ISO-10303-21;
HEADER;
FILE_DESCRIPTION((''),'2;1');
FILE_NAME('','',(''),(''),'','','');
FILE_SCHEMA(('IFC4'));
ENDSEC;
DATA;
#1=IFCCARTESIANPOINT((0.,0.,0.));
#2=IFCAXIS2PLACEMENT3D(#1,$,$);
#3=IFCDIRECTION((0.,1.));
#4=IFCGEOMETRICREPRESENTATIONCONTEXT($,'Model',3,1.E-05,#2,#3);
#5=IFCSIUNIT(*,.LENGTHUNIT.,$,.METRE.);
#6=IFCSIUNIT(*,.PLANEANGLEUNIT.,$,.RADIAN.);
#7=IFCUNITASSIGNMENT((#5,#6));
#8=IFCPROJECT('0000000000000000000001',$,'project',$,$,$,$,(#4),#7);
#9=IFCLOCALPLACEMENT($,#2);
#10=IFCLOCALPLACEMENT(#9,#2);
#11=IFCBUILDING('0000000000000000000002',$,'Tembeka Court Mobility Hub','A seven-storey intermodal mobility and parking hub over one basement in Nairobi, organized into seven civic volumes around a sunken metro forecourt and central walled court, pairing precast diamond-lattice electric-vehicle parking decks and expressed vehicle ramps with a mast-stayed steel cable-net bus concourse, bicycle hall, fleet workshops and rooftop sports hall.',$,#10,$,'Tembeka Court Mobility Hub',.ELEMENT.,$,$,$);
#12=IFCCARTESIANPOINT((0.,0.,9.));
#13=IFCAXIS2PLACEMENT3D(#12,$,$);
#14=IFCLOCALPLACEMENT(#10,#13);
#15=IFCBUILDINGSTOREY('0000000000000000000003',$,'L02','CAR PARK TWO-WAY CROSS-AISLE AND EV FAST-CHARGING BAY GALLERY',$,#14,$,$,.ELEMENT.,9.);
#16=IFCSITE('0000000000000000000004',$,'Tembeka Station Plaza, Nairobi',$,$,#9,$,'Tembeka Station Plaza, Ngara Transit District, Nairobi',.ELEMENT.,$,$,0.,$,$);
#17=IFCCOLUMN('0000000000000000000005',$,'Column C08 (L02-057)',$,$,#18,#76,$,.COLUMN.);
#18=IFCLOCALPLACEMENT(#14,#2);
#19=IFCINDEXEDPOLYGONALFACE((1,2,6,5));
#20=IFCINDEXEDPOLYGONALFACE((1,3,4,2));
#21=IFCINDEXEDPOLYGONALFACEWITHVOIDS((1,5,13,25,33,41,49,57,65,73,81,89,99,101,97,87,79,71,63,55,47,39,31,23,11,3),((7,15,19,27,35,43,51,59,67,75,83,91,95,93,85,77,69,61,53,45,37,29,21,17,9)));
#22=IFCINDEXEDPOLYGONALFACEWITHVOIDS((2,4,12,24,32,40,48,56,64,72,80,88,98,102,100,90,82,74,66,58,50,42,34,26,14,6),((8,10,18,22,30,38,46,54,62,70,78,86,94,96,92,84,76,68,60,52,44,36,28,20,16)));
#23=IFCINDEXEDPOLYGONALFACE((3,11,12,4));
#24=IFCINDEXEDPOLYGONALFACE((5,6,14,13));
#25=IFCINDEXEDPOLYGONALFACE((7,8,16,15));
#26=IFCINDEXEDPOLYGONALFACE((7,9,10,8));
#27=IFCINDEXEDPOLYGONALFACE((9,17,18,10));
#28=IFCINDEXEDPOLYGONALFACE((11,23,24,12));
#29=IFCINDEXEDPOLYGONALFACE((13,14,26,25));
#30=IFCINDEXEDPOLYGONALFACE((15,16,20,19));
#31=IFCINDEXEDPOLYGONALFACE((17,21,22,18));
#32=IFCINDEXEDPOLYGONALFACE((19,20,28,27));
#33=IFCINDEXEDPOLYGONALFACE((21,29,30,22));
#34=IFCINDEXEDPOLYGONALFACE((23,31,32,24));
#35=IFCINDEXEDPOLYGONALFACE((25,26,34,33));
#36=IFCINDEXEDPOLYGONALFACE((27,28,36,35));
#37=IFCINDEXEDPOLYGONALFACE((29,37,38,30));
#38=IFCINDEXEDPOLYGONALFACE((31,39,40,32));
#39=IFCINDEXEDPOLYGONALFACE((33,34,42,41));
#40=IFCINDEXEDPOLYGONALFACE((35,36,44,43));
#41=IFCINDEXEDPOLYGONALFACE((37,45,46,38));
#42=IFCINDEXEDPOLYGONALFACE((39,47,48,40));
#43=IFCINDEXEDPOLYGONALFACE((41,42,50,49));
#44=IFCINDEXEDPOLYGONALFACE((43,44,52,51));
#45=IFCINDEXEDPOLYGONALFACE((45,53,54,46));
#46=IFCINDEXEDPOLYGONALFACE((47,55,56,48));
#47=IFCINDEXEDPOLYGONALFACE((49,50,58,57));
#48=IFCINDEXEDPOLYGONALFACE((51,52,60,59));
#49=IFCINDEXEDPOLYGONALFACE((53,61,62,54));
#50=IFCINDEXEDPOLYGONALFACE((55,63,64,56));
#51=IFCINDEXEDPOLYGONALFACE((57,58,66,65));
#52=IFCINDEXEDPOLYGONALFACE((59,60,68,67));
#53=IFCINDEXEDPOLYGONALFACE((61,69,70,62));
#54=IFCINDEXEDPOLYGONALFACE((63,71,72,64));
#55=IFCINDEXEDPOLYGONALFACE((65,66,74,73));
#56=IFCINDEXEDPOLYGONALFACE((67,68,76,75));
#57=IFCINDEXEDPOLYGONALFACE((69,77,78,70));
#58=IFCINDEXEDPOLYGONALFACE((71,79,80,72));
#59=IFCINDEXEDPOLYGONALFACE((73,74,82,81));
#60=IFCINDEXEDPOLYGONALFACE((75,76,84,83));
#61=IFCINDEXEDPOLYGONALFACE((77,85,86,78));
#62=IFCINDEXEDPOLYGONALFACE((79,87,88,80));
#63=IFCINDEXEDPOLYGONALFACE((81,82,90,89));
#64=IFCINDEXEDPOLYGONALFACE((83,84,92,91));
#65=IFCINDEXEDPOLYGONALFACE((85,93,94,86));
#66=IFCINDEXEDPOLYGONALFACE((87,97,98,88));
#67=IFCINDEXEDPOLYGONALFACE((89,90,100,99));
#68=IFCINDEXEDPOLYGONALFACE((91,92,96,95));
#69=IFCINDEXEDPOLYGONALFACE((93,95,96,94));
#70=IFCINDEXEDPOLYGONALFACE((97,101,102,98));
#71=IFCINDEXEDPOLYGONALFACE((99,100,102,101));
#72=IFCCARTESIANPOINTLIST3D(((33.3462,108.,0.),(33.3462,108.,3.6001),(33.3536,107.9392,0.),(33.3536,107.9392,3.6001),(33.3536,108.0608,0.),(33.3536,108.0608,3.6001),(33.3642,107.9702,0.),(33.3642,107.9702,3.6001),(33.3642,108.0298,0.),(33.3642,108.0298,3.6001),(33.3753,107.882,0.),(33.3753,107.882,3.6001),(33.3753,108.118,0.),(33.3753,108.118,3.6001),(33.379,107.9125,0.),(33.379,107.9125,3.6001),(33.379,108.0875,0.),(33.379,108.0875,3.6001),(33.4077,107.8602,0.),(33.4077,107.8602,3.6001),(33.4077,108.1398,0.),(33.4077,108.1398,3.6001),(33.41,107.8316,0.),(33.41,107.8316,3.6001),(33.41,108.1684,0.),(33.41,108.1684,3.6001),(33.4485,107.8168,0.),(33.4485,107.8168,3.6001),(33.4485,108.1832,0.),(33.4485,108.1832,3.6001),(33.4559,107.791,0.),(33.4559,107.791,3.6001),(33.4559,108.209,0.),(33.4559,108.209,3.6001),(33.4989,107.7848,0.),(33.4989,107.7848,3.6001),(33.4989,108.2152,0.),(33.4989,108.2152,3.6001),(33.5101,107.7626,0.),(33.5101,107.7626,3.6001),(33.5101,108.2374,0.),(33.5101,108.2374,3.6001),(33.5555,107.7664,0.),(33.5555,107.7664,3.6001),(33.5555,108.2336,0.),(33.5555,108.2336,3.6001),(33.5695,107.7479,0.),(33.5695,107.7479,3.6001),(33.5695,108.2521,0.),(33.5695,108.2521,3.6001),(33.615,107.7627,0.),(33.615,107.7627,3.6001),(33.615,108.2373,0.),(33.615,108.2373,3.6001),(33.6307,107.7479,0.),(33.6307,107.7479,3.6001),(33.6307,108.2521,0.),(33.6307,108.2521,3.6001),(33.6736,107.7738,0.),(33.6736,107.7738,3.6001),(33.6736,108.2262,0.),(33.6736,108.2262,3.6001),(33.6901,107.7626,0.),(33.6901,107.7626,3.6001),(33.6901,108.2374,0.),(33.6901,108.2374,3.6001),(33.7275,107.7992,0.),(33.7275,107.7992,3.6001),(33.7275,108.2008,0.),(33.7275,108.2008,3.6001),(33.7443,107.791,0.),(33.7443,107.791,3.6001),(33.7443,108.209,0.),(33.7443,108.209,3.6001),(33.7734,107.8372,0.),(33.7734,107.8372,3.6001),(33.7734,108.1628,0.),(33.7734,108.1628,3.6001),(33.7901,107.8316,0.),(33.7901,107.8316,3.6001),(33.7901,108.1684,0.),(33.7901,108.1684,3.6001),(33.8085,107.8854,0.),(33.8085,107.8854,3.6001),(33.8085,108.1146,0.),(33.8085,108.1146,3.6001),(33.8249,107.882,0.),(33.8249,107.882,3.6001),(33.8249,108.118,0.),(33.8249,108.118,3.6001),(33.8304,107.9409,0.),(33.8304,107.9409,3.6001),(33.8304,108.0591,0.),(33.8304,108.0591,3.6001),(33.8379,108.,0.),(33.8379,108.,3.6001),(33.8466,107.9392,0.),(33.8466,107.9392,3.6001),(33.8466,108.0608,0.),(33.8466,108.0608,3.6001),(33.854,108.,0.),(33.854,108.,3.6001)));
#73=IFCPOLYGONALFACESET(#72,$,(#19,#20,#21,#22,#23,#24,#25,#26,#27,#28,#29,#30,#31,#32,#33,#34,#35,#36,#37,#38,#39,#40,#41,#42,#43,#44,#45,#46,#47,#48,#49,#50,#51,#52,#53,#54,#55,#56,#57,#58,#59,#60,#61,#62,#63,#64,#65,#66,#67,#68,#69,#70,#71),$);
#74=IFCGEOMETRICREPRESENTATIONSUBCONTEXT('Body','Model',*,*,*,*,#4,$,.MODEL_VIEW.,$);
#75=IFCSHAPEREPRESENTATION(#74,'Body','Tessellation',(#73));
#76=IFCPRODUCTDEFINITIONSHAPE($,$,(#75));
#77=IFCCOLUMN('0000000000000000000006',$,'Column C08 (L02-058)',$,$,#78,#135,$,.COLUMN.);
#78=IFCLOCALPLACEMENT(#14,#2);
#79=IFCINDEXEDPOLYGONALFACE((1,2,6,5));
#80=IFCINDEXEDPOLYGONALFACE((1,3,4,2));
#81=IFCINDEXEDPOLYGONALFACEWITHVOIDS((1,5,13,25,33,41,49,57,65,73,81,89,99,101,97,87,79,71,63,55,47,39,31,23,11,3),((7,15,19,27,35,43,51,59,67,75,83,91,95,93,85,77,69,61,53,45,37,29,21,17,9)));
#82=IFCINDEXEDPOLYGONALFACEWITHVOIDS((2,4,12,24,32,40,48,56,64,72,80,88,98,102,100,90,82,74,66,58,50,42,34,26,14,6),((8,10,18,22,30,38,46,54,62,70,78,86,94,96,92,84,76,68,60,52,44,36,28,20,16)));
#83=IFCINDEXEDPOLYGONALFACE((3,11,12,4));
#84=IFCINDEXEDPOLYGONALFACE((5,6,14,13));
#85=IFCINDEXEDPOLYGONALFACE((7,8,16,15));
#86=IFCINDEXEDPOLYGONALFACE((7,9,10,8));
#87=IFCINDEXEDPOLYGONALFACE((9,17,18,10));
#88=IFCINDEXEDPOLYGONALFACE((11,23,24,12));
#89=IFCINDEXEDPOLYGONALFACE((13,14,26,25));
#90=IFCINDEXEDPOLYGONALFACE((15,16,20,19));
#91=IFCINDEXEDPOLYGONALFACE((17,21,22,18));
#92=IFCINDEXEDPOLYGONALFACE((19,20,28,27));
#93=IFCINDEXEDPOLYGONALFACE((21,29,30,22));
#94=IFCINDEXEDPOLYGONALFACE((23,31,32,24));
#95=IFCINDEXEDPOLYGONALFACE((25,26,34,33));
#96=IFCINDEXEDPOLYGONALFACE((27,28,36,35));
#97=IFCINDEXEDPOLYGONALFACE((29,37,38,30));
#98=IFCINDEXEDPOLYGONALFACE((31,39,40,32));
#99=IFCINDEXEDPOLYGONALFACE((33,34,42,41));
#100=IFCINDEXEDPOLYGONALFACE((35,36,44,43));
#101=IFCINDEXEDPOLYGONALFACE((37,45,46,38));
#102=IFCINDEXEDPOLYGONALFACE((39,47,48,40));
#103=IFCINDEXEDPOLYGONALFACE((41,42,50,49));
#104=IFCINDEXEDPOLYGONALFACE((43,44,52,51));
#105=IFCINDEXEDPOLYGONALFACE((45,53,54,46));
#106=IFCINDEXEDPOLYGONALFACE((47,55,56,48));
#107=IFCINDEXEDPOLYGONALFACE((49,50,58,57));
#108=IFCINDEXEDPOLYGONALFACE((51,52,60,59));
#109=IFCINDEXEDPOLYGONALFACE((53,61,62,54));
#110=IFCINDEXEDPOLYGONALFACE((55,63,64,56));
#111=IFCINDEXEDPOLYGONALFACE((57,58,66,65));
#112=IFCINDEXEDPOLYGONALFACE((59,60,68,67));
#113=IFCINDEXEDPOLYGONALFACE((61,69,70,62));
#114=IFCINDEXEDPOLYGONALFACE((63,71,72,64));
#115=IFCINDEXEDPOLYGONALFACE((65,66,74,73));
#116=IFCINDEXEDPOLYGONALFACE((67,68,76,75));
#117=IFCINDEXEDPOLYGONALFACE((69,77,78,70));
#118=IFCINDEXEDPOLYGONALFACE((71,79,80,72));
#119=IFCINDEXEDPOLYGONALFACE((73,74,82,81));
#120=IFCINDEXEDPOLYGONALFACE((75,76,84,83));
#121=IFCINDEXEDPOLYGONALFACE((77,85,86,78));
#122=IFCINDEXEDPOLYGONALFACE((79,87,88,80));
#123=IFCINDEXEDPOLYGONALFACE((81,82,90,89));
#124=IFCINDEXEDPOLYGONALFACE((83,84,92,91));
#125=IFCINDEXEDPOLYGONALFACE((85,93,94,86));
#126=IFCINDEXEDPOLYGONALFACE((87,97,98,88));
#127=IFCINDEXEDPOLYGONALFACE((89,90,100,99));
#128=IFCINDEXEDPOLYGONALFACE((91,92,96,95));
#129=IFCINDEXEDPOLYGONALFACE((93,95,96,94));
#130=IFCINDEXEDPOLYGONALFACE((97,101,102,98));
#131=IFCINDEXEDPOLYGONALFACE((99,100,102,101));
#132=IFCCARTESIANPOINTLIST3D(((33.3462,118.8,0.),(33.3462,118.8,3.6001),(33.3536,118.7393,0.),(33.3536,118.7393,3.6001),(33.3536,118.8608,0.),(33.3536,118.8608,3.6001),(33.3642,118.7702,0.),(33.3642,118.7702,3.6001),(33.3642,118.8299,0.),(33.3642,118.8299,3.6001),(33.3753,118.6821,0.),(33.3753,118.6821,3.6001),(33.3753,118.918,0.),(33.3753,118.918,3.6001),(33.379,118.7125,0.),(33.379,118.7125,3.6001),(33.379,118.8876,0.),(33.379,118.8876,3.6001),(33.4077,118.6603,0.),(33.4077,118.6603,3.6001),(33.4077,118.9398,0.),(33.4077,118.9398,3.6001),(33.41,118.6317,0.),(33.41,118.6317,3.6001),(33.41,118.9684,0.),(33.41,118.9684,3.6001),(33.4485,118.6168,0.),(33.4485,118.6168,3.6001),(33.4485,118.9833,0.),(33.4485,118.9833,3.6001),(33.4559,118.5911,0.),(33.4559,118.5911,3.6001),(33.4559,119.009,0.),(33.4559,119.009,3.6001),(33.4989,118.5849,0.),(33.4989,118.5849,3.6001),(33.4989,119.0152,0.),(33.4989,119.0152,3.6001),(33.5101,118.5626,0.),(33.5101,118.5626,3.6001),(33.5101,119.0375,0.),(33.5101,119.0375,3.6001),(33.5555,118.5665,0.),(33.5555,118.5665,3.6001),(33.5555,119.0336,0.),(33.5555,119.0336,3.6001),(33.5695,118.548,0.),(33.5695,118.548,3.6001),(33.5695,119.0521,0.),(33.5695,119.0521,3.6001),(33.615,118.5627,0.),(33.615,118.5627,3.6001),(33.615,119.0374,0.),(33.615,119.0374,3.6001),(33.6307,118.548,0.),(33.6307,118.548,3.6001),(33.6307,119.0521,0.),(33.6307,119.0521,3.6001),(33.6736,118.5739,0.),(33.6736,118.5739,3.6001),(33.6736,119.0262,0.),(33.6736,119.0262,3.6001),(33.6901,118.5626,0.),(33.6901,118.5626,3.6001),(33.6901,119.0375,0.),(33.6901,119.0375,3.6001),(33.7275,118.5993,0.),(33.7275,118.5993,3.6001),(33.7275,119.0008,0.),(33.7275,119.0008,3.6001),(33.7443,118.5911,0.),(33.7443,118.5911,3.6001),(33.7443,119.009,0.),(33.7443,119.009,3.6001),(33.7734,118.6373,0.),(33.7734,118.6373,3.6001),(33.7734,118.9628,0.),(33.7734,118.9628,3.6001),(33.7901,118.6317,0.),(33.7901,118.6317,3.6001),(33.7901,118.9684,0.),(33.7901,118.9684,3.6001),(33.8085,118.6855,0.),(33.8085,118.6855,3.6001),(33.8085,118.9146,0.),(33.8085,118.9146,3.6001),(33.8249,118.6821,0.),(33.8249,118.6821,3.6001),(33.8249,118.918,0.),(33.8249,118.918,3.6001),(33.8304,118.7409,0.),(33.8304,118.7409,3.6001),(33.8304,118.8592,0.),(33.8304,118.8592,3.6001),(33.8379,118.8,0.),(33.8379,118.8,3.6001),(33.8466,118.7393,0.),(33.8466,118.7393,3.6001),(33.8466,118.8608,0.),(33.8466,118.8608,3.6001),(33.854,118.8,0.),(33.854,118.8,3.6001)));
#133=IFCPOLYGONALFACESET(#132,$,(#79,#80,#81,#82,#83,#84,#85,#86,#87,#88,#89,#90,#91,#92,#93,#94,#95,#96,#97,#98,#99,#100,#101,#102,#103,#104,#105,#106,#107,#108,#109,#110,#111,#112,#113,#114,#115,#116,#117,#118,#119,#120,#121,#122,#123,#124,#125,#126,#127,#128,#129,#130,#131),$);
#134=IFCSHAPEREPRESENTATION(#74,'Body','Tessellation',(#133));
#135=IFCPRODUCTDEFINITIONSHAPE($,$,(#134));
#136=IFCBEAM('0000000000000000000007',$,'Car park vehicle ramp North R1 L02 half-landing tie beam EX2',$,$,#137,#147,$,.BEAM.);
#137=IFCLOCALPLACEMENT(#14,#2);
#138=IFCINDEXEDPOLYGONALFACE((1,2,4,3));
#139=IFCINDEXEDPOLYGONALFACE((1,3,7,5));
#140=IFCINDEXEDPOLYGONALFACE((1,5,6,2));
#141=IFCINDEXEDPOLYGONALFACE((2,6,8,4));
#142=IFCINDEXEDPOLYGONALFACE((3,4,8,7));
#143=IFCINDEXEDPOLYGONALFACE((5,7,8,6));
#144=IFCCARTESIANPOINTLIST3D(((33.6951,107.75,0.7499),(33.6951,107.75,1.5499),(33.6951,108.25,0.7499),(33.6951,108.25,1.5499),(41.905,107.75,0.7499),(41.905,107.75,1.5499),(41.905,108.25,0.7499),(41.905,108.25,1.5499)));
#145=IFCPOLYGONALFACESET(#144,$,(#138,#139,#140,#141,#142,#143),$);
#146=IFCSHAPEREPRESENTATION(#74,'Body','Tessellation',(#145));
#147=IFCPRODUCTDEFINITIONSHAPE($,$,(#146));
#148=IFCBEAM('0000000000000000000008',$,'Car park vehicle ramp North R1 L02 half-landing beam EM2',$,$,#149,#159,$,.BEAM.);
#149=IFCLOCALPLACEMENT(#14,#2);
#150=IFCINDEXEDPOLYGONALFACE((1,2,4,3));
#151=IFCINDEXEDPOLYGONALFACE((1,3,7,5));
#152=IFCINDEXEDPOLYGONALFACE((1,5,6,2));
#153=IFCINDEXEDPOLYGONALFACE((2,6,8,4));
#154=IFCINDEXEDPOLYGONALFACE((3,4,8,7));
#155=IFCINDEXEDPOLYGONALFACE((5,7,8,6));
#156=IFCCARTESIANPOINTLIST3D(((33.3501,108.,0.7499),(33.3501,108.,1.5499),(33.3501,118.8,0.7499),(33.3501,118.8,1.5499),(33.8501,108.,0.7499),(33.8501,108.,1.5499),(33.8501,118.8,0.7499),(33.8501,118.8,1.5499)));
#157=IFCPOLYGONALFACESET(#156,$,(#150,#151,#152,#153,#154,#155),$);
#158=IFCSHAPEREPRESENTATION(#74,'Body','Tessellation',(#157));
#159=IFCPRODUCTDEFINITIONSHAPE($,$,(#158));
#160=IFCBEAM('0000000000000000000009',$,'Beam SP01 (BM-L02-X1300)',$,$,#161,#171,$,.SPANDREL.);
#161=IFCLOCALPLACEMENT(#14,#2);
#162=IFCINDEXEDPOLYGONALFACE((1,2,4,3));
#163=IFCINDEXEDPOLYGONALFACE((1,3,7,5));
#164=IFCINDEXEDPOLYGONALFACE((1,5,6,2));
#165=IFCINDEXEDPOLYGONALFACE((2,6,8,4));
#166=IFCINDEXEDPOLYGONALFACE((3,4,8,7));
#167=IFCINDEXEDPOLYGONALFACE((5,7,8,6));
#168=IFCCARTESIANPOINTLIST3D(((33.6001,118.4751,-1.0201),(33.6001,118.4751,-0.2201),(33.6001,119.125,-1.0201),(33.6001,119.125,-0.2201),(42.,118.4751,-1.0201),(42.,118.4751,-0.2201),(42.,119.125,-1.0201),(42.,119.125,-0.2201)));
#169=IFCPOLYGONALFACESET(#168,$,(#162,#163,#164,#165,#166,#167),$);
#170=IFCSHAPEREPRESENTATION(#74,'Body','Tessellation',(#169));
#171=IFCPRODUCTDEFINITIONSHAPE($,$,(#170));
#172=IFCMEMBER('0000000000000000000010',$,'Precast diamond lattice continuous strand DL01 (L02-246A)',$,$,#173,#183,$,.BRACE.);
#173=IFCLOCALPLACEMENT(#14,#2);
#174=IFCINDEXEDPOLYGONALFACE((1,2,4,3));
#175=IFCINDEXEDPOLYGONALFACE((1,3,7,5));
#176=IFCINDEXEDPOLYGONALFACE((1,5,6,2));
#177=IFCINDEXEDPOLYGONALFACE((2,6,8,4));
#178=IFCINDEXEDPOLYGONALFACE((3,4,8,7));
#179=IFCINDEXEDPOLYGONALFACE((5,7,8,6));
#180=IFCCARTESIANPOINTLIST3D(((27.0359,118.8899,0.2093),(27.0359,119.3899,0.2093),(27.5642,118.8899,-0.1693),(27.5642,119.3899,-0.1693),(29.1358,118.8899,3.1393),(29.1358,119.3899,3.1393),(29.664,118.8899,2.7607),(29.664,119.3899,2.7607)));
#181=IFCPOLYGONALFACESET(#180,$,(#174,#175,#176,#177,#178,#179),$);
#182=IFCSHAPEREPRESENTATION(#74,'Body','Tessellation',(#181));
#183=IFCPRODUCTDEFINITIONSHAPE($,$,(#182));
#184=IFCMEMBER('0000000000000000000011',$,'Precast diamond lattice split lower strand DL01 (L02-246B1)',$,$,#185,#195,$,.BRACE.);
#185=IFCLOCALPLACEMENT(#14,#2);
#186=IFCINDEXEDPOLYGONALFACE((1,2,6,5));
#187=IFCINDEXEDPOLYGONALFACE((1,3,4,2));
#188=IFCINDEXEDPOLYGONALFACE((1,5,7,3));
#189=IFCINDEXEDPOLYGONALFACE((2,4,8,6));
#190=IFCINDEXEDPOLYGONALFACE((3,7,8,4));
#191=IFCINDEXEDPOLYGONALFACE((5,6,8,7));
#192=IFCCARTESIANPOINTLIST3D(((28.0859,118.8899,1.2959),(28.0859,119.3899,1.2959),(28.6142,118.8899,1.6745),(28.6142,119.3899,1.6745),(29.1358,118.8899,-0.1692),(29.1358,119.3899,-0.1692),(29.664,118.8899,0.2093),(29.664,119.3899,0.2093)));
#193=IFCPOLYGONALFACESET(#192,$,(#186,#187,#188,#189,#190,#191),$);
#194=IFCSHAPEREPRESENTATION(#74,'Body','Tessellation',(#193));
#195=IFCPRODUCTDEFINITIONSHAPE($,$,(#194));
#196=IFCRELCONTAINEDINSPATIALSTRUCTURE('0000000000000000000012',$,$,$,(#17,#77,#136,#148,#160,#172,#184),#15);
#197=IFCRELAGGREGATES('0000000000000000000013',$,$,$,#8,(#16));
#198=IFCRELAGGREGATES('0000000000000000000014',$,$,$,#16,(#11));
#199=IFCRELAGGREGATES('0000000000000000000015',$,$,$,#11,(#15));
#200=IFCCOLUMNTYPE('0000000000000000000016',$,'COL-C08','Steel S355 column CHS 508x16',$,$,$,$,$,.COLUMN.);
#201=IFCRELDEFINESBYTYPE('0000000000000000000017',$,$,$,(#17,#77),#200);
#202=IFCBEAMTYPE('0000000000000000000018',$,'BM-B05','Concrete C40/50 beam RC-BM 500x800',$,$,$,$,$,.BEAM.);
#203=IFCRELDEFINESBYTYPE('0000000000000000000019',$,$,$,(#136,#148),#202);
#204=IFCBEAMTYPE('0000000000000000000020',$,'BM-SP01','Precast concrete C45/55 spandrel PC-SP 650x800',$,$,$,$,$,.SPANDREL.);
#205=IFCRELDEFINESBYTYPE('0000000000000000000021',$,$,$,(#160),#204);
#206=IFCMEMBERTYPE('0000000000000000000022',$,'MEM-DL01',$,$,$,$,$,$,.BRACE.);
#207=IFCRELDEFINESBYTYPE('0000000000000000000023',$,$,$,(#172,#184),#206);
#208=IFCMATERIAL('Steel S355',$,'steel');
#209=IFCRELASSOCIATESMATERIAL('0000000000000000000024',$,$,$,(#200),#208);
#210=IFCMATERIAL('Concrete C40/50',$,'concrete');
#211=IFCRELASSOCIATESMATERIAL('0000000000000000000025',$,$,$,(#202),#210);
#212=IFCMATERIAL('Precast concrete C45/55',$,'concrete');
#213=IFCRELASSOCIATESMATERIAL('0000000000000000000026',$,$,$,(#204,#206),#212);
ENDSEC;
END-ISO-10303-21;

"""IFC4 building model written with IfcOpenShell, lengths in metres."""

from ifc_helpers import new_model, si_unit, direction, frame, origin, origin_2d, place, context, subcontext, project, spatial, rectangle, hollow_circle, extrude, material, material_profile, profile_set, type_object, element, save


model = new_model("IFC4")

# Units and contexts
model_context = context("Model", 3, precision=1e-05, world=origin(), true_north=direction((0.0, 1.0)))
body_context = subcontext(model_context, "Body", "Model", "MODEL_VIEW")
ifc_project = project(units=[si_unit("LENGTHUNIT", "METRE"), si_unit("PLANEANGLEUNIT", "RADIAN")], contexts=[model_context])

# Site, building, storey
site_placement = place(None, origin())
site = spatial("IfcSite", under=ifc_project, at=site_placement, Name="Tembeka Station Plaza, Nairobi", LongName="Tembeka Station Plaza, Ngara Transit District, Nairobi", CompositionType="ELEMENT", RefElevation=0.0)
building_placement = place(site_placement, origin())
building = spatial("IfcBuilding", under=site, at=building_placement, Name="Tembeka Court Mobility Hub", Description="A seven-storey intermodal mobility and parking hub over one basement in Nairobi, organized into seven civic volumes around a sunken metro forecourt and central walled court, pairing precast diamond-lattice electric-vehicle parking decks and expressed vehicle ramps with a mast-stayed steel cable-net bus concourse, bicycle hall, fleet workshops and rooftop sports hall.", LongName="Tembeka Court Mobility Hub", CompositionType="ELEMENT")
storey_placement = place(building_placement, frame((0.0, 0.0, 9.0)))
storey = spatial("IfcBuildingStorey", under=building, at=storey_placement, Name="L02", Description="CAR PARK TWO-WAY CROSS-AISLE AND EV FAST-CHARGING BAY GALLERY", CompositionType="ELEMENT", Elevation=9.0)

# Columns
ifc_material_1 = material(Name="Steel S355", Category="steel")
ifc_material_profile_1 = material_profile(ifc_material_1, hollow_circle(Radius=0.2539, WallThickness=0.0161, at=origin_2d()), Name="CHS 508x16")
ifc_profile_set_1 = profile_set([ifc_material_profile_1], Name="Steel S355")
column_type = type_object("IfcColumnType", Name="COL-C08", Description="Steel S355 column CHS 508x16", PredefinedType="COLUMN", material=ifc_profile_set_1)
for number, where, z_axis, x_axis, name in (
    (1, (33.6001, 108.0, 0.0), (0.0, 0.0, 1.0), (1.0, 0.0, 0.0), "Column C08 (L02-057)"),
    (2, (33.6001, 118.8, 0.0), (0.0, 0.0, 1.0), (1.0, 0.0, 0.0), "Column C08 (L02-058)"),
):
    element("IfcColumn", number, at=place(storey_placement, frame(where, z_axis=z_axis, x_axis=x_axis)), inside=storey, type_object=column_type, Name=name, PredefinedType="COLUMN", context=body_context, shape_type="SweptSolid", body=[
        extrude(hollow_circle(Radius=0.2539, WallThickness=0.0161, at=origin_2d()), origin(), (0.0, 0.0, 1.0), 3.6001),
    ])

# Beams
ifc_material_2 = material(Name="Concrete C40/50", Category="concrete")
ifc_material_profile_2 = material_profile(ifc_material_2, rectangle(XDim=0.5, YDim=0.8, at=origin_2d()), Name="RC-BM 500x800")
ifc_profile_set_2 = profile_set([ifc_material_profile_2], Name="Concrete C40/50")
beam_type_1 = type_object("IfcBeamType", Name="BM-B05", Description="Concrete C40/50 beam RC-BM 500x800", PredefinedType="BEAM", material=ifc_profile_set_2)
beam_1_placement = place(storey_placement, frame((33.6951, 108.0, 1.1499), z_axis=(1.0, 0.0, 0.0), x_axis=(0.0, 1.0, 0.0)))
element("IfcBeam", 3, at=beam_1_placement, inside=storey, type_object=beam_type_1, Name="Car park vehicle ramp North R1 L02 half-landing tie beam EX2", PredefinedType="BEAM", context=body_context, shape_type="SweptSolid", body=[
    extrude(rectangle(XDim=0.5, YDim=0.8, at=origin_2d()), origin(), (0.0, 0.0, 1.0), 8.21),
])
beam_2_placement = place(storey_placement, frame((33.6001, 108.0, 1.1499), z_axis=(0.0, 1.0, 0.0), x_axis=(-1.0, 0.0, 0.0)))
element("IfcBeam", 4, at=beam_2_placement, inside=storey, type_object=beam_type_1, Name="Car park vehicle ramp North R1 L02 half-landing beam EM2", PredefinedType="BEAM", context=body_context, shape_type="SweptSolid", body=[
    extrude(rectangle(XDim=0.5, YDim=0.8, at=origin_2d()), origin(), (0.0, 0.0, 1.0), 10.8),
])
ifc_material_3 = material(Name="Precast concrete C45/55", Category="concrete")
ifc_material_profile_3 = material_profile(ifc_material_3, rectangle(XDim=0.6499, YDim=0.8, at=origin_2d()), Name="PC-SP 650x800")
ifc_profile_set_3 = profile_set([ifc_material_profile_3], Name="Precast concrete C45/55")
beam_type_2 = type_object("IfcBeamType", Name="BM-SP01", Description="Precast concrete C45/55 spandrel PC-SP 650x800", PredefinedType="SPANDREL", material=ifc_profile_set_3)
beam_3_placement = place(storey_placement, frame((33.6001, 118.8, -0.6201), z_axis=(1.0, 0.0, 0.0), x_axis=(0.0, 1.0, 0.0)))
element("IfcBeam", 5, at=beam_3_placement, inside=storey, type_object=beam_type_2, Name="Beam SP01 (BM-L02-X1300)", PredefinedType="SPANDREL", context=body_context, shape_type="SweptSolid", body=[
    extrude(rectangle(XDim=0.6499, YDim=0.8, at=origin_2d()), origin(), (0.0, 0.0, 1.0), 8.3999),
])

# Members
ifc_material_profile_4 = material_profile(ifc_material_3, rectangle(XDim=0.5, YDim=0.6499, at=origin_2d()), Name="PC-DIAG 500x650")
ifc_profile_set_4 = profile_set([ifc_material_profile_4], Name="Precast concrete C45/55")
member_type_1 = type_object("IfcMemberType", Name="MEM-DL01", PredefinedType="BRACE", material=ifc_profile_set_4)
member_1_placement = place(storey_placement, frame((27.3, 119.1399, 0.02), z_axis=(0.582532, 0.0, 0.812808), x_axis=(0.0, 1.0, 0.0)))
element("IfcMember", 6, at=member_1_placement, inside=storey, type_object=member_type_1, Name="Precast diamond lattice continuous strand DL01 (L02-246A)", PredefinedType="BRACE", context=body_context, shape_type="SweptSolid", body=[
    extrude(rectangle(XDim=0.5, YDim=0.6499, at=origin_2d()), origin(), (0.0, 0.0, 1.0), 3.6047),
])
member_2_placement = place(storey_placement, frame((29.3999, 119.1399, 0.02), z_axis=(-0.582455, 0.0, 0.812863), x_axis=(0.0, -1.0, 0.0)))
element("IfcMember", 7, at=member_2_placement, inside=storey, type_object=member_type_1, Name="Precast diamond lattice split lower strand DL01 (L02-246B1)", PredefinedType="BRACE", context=body_context, shape_type="SweptSolid", body=[
    extrude(rectangle(XDim=0.5, YDim=0.6499, at=origin_2d()), origin(), (0.0, 0.0, 1.0), 1.8025),
])

save(model, "model.ifc")
